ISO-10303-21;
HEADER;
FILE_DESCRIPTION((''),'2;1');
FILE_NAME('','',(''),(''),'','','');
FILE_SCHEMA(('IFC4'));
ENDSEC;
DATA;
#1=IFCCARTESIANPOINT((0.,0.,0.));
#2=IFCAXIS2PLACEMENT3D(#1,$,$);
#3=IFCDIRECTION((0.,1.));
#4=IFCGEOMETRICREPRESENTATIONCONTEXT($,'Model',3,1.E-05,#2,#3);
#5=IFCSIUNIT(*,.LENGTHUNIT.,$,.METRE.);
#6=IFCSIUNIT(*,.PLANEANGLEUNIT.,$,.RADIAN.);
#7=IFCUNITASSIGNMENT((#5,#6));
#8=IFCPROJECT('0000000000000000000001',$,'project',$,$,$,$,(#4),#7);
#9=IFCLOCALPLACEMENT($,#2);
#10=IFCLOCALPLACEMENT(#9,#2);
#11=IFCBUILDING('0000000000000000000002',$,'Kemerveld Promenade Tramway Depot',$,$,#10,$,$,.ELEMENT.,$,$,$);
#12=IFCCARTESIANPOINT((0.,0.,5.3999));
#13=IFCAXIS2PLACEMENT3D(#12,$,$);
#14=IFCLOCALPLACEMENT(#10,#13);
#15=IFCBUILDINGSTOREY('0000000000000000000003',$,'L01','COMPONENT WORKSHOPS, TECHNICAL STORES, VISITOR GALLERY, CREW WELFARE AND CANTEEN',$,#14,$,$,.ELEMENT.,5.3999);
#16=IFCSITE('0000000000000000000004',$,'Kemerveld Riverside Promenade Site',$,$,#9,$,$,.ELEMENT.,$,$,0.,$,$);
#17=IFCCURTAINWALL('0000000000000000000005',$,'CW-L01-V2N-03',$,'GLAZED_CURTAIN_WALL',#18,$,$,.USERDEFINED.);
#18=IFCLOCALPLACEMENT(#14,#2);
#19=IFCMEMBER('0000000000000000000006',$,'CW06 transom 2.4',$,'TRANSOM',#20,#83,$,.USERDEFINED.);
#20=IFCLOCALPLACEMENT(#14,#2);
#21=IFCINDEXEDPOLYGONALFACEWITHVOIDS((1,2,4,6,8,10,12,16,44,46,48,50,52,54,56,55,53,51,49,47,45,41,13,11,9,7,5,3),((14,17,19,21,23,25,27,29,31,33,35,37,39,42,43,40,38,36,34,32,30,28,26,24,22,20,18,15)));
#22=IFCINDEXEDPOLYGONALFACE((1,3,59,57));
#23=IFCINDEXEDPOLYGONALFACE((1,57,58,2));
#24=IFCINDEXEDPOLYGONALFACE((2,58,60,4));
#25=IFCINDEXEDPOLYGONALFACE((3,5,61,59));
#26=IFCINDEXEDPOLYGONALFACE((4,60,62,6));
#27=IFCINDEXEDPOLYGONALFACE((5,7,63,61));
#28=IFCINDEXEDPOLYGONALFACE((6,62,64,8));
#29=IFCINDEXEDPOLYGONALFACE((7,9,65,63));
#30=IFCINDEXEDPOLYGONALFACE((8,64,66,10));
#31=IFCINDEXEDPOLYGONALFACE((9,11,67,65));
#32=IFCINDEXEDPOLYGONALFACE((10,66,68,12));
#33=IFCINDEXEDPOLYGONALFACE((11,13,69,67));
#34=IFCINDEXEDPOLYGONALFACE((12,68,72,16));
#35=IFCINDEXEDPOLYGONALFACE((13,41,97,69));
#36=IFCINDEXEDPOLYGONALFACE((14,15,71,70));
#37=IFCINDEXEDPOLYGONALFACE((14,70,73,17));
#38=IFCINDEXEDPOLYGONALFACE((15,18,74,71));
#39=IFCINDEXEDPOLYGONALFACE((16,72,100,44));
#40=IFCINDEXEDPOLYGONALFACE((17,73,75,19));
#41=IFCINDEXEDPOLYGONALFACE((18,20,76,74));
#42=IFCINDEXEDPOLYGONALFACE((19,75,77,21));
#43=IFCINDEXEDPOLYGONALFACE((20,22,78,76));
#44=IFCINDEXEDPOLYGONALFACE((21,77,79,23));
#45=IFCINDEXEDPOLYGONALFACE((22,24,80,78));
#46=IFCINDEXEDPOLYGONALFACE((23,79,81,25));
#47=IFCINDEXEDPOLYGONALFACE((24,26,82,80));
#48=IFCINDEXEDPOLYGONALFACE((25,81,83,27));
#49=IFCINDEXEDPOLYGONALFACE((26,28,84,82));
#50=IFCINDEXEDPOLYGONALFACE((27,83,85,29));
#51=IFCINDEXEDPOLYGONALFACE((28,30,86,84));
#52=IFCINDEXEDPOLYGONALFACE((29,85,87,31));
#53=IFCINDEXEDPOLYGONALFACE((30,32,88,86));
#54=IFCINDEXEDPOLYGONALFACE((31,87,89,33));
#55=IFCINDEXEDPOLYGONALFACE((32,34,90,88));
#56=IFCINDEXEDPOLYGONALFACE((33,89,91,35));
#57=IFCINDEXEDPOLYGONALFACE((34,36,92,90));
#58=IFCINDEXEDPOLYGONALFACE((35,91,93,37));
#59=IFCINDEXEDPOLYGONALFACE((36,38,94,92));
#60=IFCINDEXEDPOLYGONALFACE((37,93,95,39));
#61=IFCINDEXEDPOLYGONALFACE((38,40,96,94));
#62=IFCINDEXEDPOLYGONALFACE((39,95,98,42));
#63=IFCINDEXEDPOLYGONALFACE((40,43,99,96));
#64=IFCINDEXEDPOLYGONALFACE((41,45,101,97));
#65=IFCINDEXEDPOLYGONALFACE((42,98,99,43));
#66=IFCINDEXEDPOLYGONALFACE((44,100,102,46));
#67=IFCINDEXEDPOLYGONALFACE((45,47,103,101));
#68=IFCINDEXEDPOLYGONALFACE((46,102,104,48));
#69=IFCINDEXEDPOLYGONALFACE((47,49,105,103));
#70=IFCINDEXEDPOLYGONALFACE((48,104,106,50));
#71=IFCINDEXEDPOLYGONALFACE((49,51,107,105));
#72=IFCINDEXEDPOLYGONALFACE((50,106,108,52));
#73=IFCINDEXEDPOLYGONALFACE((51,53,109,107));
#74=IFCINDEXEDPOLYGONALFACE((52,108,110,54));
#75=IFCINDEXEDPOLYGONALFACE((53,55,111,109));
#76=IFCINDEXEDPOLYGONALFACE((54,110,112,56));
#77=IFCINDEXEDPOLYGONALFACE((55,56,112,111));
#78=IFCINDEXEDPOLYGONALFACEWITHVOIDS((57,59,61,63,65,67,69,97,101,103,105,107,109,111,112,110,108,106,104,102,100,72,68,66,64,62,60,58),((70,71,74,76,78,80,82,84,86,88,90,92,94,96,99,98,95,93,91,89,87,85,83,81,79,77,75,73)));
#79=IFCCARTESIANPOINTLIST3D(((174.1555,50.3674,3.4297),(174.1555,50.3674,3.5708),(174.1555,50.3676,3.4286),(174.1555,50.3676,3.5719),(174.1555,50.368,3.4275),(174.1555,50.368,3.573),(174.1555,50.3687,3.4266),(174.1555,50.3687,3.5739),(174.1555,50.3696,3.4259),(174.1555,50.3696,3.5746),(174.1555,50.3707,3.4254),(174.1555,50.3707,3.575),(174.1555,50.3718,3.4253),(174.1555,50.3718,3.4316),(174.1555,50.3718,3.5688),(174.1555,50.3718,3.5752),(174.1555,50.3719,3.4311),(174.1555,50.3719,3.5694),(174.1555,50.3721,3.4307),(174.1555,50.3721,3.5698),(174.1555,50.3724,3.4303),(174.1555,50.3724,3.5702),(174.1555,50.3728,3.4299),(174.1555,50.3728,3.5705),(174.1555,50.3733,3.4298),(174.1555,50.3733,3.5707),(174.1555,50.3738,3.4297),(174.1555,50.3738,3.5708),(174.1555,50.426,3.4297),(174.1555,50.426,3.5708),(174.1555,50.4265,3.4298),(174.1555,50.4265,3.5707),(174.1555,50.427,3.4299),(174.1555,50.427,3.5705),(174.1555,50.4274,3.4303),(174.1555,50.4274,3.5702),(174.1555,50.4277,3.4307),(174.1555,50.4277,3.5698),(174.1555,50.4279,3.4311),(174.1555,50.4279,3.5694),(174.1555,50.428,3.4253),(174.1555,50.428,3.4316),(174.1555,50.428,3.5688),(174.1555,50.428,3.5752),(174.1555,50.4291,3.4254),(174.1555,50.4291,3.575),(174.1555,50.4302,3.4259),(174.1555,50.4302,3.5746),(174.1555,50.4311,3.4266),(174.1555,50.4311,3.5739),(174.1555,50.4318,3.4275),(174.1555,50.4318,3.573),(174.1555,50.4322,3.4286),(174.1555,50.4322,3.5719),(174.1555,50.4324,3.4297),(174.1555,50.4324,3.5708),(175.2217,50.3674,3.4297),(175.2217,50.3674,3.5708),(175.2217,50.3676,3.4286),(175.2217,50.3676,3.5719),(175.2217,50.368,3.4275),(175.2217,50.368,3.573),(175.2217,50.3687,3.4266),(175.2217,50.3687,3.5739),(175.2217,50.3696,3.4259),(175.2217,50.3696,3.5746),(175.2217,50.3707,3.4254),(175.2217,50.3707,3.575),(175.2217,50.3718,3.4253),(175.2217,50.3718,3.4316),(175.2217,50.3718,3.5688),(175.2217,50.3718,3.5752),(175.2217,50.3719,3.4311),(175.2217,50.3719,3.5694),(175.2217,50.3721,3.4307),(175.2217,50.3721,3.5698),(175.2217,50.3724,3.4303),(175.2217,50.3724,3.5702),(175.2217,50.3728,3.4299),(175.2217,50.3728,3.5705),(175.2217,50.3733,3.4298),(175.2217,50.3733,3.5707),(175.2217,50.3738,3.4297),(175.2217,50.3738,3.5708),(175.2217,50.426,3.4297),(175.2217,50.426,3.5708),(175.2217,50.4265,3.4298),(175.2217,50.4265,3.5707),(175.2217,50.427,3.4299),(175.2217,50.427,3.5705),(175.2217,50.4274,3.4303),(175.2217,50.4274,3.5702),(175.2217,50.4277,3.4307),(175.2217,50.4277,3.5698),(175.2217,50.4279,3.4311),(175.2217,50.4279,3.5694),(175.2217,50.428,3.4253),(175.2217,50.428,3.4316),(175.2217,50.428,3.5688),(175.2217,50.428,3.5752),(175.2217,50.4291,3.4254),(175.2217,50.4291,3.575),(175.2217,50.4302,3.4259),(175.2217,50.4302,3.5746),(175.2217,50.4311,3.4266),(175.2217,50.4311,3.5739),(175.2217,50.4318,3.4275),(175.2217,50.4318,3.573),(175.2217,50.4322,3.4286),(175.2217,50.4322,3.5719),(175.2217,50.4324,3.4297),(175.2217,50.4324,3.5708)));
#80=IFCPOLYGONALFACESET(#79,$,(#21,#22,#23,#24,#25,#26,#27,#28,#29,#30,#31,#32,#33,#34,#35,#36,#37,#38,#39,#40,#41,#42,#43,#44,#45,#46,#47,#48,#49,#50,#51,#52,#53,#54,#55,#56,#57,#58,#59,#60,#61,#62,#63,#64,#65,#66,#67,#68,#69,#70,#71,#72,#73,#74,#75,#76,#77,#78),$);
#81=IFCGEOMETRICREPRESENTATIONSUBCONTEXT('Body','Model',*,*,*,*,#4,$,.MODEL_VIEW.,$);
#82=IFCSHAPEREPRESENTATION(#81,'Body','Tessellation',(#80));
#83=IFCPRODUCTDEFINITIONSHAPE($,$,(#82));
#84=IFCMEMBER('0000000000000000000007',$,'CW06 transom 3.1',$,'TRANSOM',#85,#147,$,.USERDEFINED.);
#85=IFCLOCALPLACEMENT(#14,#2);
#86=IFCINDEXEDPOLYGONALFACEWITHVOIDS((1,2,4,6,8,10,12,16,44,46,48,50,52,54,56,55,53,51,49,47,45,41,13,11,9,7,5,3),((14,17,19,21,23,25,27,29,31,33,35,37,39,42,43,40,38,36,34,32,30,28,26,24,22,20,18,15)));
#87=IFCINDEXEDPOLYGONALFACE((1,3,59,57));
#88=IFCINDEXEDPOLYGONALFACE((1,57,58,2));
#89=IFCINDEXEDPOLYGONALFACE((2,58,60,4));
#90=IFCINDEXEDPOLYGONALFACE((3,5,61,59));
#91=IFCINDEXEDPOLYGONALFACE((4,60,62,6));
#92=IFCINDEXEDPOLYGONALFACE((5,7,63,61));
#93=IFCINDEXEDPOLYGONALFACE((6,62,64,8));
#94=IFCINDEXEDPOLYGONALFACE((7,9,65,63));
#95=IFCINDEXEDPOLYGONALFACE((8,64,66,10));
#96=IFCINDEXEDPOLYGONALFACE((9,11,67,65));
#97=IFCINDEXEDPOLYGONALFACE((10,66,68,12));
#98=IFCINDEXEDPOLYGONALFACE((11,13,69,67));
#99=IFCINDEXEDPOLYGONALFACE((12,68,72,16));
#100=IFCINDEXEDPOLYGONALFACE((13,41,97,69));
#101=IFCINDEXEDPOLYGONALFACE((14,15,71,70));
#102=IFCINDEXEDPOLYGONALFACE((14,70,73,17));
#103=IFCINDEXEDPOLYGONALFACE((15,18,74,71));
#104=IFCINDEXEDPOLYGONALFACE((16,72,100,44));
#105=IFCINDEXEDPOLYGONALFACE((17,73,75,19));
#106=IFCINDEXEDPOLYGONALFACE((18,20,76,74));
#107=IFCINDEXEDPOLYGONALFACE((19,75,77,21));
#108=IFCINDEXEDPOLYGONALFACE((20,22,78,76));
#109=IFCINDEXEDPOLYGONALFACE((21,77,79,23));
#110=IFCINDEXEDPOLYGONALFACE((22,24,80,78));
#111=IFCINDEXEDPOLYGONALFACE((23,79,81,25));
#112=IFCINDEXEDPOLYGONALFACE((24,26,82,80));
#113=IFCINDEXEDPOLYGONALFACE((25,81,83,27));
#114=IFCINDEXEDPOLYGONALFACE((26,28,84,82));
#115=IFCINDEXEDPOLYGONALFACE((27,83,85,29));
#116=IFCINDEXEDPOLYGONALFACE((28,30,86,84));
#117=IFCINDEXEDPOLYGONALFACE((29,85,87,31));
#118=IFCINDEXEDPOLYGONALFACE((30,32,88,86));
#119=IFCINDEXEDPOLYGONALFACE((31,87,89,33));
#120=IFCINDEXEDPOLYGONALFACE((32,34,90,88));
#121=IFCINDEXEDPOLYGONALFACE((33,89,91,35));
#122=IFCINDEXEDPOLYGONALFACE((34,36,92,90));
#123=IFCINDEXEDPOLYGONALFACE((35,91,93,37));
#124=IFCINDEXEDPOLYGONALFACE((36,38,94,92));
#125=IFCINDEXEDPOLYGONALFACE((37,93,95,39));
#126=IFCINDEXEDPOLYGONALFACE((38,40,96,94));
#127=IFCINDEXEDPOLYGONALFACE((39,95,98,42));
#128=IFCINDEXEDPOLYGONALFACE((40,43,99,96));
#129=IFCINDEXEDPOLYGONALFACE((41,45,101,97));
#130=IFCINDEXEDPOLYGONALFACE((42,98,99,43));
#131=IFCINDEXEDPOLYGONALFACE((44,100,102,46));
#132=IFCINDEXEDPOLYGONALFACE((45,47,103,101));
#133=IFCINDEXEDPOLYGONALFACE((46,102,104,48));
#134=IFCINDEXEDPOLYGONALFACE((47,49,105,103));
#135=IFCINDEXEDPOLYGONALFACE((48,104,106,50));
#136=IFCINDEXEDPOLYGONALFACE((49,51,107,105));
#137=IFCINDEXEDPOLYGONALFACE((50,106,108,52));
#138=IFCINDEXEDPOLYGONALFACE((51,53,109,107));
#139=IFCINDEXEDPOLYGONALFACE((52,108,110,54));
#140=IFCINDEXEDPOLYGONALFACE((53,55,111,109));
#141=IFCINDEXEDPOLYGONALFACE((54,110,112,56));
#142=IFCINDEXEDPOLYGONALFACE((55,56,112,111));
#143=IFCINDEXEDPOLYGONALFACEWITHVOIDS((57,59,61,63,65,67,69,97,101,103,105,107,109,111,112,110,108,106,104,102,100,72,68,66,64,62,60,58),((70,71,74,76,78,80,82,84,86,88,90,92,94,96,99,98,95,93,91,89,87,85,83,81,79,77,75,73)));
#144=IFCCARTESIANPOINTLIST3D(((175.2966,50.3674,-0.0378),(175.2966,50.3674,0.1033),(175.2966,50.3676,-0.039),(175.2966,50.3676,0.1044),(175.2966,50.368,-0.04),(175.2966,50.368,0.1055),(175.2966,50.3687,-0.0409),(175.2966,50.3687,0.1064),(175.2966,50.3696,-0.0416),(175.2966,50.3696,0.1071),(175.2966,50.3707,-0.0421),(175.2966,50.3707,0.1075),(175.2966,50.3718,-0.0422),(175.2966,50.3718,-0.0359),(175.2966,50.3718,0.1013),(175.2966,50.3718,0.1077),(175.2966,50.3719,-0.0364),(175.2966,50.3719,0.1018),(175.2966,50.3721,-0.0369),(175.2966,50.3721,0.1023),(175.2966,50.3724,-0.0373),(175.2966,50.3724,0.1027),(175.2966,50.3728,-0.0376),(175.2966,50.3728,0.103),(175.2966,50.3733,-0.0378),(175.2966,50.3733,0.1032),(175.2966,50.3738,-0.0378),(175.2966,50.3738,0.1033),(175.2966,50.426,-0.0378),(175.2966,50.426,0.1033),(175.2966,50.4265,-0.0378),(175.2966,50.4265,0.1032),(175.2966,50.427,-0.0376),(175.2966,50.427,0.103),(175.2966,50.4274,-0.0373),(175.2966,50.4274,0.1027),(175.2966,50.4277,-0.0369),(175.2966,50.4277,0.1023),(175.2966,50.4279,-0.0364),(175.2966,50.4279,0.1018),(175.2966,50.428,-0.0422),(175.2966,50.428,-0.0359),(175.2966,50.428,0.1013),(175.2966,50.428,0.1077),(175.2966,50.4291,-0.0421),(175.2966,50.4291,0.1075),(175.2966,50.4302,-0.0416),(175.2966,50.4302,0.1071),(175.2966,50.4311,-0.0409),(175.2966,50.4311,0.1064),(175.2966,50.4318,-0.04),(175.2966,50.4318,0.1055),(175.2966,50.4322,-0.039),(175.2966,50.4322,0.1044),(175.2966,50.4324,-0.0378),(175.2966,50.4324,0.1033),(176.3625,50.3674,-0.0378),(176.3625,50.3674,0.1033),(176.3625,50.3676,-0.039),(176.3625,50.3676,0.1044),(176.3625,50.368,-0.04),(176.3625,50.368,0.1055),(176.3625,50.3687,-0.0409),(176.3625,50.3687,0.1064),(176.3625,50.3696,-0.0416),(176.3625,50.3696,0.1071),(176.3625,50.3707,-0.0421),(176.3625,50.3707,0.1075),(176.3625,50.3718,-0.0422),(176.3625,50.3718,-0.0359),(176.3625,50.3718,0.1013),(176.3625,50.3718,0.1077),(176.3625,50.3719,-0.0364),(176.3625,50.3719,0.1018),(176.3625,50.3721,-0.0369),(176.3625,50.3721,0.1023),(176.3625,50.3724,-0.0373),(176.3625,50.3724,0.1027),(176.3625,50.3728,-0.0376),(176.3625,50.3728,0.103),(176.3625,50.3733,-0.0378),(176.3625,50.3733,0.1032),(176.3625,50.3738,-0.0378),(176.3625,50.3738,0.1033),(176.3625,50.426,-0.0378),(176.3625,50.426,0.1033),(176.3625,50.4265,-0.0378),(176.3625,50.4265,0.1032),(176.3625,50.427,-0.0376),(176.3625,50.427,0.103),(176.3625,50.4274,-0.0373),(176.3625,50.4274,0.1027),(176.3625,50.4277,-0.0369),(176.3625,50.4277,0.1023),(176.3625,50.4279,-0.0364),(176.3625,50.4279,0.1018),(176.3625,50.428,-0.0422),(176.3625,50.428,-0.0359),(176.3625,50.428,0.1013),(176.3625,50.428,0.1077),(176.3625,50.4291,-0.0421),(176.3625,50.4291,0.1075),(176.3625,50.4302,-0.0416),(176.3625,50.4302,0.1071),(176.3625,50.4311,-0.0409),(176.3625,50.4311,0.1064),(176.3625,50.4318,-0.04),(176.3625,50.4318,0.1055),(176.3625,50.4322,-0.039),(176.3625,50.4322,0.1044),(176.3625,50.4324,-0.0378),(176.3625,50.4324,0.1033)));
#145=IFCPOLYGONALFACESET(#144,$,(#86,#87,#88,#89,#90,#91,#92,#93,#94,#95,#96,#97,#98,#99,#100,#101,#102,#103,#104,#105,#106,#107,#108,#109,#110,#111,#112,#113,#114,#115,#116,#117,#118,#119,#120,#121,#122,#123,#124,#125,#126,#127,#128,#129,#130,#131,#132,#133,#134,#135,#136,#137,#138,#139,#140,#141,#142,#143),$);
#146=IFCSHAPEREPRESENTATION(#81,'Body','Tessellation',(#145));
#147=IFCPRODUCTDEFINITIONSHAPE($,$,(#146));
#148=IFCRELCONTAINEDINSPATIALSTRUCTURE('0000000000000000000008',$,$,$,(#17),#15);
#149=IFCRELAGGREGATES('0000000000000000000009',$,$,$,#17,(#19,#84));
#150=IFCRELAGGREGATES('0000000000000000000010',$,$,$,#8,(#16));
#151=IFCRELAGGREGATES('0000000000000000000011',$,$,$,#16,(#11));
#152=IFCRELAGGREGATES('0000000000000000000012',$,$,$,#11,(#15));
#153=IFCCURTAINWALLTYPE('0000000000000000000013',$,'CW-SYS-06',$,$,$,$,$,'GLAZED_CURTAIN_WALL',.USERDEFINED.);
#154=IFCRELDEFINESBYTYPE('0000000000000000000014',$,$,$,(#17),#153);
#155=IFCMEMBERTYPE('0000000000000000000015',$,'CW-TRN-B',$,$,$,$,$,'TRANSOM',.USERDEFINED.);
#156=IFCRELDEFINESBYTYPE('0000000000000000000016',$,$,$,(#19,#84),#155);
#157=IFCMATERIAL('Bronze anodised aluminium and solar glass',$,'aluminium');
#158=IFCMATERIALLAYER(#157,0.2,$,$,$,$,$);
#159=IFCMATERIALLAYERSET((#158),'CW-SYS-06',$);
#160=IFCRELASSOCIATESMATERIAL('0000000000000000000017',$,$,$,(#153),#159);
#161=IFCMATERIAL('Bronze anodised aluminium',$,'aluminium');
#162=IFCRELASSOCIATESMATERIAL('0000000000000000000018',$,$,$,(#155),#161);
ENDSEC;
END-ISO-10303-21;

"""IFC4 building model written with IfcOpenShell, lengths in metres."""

from ifc_helpers import new_model, si_unit, direction, frame, origin, origin_2d, place, context, subcontext, project, spatial, hollow_rectangle, extrude, material, layer, layer_set, material_profile, profile_set, type_object, element, aggregate, save


model = new_model("IFC4")

# Units and contexts
model_context = context("Model", 3, precision=1e-05, world=origin(), true_north=direction((0.0, 1.0)))
body_context = subcontext(model_context, "Body", "Model", "MODEL_VIEW")
ifc_project = project(units=[si_unit("LENGTHUNIT", "METRE"), si_unit("PLANEANGLEUNIT", "RADIAN")], contexts=[model_context])

# Site, building, storey
site_placement = place(None, origin())
site = spatial("IfcSite", under=ifc_project, at=site_placement, Name="Kemerveld Riverside Promenade Site", CompositionType="ELEMENT", RefElevation=0.0)
building_placement = place(site_placement, origin())
building = spatial("IfcBuilding", under=site, at=building_placement, Name="Kemerveld Promenade Tramway Depot", CompositionType="ELEMENT")
storey_placement = place(building_placement, frame((0.0, 0.0, 5.3999)))
storey = spatial("IfcBuildingStorey", under=building, at=storey_placement, Name="L01", Description="COMPONENT WORKSHOPS, TECHNICAL STORES, VISITOR GALLERY, CREW WELFARE AND CANTEEN", CompositionType="ELEMENT", Elevation=5.3999)

# Curtain wall, members
ifc_material_1 = material(Name="Bronze anodised aluminium and solar glass", Category="aluminium")
ifc_layer_1 = layer(ifc_material_1, 0.2)
ifc_layer_set_1 = layer_set([ifc_layer_1], Name="CW-SYS-06")
curtain_wall_type = type_object("IfcCurtainWallType", Name="CW-SYS-06", ElementType="GLAZED_CURTAIN_WALL", PredefinedType="USERDEFINED", material=ifc_layer_set_1)
curtain_wall_placement = place(storey_placement, origin())
curtain_wall = element("IfcCurtainWall", 1, at=curtain_wall_placement, inside=storey, type_object=curtain_wall_type, Name="CW-L01-V2N-03", ObjectType="GLAZED_CURTAIN_WALL", PredefinedType="USERDEFINED")
ifc_material_2 = material(Name="Bronze anodised aluminium", Category="aluminium")
ifc_material_profile_1 = material_profile(ifc_material_2, hollow_rectangle(XDim=0.0649, YDim=0.1499, WallThickness=0.0044, InnerFilletRadius=0.002, OuterFilletRadius=0.0044, at=origin_2d()), Name="CW-TRN-150x65")
ifc_profile_set_1 = profile_set([ifc_material_profile_1], Name="Bronze anodised aluminium")
member_type_1 = type_object("IfcMemberType", Name="CW-TRN-B", ElementType="TRANSOM", PredefinedType="USERDEFINED", material=ifc_profile_set_1)
member_1_placement = place(storey_placement, frame((174.1555, 50.3999, 3.5002), z_axis=(1.0, 0.0, 0.0), x_axis=(0.0, 1.0, 0.0)))
member_1 = element("IfcMember", 2, at=member_1_placement, type_object=member_type_1, Name="CW06 transom 2.4", ObjectType="TRANSOM", PredefinedType="USERDEFINED", context=body_context, shape_type="SweptSolid", body=[
    extrude(hollow_rectangle(XDim=0.0649, YDim=0.1499, WallThickness=0.0044, InnerFilletRadius=0.002, OuterFilletRadius=0.0044, at=origin_2d()), origin(), (0.0, 0.0, 1.0), 1.0662),
])
member_2_placement = place(storey_placement, frame((175.2966, 50.3999, 0.0327), z_axis=(1.0, 0.0, 0.0), x_axis=(0.0, 1.0, 0.0)))
member_2 = element("IfcMember", 3, at=member_2_placement, type_object=member_type_1, Name="CW06 transom 3.1", ObjectType="TRANSOM", PredefinedType="USERDEFINED", context=body_context, shape_type="SweptSolid", body=[
    extrude(hollow_rectangle(XDim=0.0649, YDim=0.1499, WallThickness=0.0044, InnerFilletRadius=0.002, OuterFilletRadius=0.0044, at=origin_2d()), origin(), (0.0, 0.0, 1.0), 1.0659),
])

aggregate(curtain_wall, [member_1, member_2])

save(model, "model.ifc")
